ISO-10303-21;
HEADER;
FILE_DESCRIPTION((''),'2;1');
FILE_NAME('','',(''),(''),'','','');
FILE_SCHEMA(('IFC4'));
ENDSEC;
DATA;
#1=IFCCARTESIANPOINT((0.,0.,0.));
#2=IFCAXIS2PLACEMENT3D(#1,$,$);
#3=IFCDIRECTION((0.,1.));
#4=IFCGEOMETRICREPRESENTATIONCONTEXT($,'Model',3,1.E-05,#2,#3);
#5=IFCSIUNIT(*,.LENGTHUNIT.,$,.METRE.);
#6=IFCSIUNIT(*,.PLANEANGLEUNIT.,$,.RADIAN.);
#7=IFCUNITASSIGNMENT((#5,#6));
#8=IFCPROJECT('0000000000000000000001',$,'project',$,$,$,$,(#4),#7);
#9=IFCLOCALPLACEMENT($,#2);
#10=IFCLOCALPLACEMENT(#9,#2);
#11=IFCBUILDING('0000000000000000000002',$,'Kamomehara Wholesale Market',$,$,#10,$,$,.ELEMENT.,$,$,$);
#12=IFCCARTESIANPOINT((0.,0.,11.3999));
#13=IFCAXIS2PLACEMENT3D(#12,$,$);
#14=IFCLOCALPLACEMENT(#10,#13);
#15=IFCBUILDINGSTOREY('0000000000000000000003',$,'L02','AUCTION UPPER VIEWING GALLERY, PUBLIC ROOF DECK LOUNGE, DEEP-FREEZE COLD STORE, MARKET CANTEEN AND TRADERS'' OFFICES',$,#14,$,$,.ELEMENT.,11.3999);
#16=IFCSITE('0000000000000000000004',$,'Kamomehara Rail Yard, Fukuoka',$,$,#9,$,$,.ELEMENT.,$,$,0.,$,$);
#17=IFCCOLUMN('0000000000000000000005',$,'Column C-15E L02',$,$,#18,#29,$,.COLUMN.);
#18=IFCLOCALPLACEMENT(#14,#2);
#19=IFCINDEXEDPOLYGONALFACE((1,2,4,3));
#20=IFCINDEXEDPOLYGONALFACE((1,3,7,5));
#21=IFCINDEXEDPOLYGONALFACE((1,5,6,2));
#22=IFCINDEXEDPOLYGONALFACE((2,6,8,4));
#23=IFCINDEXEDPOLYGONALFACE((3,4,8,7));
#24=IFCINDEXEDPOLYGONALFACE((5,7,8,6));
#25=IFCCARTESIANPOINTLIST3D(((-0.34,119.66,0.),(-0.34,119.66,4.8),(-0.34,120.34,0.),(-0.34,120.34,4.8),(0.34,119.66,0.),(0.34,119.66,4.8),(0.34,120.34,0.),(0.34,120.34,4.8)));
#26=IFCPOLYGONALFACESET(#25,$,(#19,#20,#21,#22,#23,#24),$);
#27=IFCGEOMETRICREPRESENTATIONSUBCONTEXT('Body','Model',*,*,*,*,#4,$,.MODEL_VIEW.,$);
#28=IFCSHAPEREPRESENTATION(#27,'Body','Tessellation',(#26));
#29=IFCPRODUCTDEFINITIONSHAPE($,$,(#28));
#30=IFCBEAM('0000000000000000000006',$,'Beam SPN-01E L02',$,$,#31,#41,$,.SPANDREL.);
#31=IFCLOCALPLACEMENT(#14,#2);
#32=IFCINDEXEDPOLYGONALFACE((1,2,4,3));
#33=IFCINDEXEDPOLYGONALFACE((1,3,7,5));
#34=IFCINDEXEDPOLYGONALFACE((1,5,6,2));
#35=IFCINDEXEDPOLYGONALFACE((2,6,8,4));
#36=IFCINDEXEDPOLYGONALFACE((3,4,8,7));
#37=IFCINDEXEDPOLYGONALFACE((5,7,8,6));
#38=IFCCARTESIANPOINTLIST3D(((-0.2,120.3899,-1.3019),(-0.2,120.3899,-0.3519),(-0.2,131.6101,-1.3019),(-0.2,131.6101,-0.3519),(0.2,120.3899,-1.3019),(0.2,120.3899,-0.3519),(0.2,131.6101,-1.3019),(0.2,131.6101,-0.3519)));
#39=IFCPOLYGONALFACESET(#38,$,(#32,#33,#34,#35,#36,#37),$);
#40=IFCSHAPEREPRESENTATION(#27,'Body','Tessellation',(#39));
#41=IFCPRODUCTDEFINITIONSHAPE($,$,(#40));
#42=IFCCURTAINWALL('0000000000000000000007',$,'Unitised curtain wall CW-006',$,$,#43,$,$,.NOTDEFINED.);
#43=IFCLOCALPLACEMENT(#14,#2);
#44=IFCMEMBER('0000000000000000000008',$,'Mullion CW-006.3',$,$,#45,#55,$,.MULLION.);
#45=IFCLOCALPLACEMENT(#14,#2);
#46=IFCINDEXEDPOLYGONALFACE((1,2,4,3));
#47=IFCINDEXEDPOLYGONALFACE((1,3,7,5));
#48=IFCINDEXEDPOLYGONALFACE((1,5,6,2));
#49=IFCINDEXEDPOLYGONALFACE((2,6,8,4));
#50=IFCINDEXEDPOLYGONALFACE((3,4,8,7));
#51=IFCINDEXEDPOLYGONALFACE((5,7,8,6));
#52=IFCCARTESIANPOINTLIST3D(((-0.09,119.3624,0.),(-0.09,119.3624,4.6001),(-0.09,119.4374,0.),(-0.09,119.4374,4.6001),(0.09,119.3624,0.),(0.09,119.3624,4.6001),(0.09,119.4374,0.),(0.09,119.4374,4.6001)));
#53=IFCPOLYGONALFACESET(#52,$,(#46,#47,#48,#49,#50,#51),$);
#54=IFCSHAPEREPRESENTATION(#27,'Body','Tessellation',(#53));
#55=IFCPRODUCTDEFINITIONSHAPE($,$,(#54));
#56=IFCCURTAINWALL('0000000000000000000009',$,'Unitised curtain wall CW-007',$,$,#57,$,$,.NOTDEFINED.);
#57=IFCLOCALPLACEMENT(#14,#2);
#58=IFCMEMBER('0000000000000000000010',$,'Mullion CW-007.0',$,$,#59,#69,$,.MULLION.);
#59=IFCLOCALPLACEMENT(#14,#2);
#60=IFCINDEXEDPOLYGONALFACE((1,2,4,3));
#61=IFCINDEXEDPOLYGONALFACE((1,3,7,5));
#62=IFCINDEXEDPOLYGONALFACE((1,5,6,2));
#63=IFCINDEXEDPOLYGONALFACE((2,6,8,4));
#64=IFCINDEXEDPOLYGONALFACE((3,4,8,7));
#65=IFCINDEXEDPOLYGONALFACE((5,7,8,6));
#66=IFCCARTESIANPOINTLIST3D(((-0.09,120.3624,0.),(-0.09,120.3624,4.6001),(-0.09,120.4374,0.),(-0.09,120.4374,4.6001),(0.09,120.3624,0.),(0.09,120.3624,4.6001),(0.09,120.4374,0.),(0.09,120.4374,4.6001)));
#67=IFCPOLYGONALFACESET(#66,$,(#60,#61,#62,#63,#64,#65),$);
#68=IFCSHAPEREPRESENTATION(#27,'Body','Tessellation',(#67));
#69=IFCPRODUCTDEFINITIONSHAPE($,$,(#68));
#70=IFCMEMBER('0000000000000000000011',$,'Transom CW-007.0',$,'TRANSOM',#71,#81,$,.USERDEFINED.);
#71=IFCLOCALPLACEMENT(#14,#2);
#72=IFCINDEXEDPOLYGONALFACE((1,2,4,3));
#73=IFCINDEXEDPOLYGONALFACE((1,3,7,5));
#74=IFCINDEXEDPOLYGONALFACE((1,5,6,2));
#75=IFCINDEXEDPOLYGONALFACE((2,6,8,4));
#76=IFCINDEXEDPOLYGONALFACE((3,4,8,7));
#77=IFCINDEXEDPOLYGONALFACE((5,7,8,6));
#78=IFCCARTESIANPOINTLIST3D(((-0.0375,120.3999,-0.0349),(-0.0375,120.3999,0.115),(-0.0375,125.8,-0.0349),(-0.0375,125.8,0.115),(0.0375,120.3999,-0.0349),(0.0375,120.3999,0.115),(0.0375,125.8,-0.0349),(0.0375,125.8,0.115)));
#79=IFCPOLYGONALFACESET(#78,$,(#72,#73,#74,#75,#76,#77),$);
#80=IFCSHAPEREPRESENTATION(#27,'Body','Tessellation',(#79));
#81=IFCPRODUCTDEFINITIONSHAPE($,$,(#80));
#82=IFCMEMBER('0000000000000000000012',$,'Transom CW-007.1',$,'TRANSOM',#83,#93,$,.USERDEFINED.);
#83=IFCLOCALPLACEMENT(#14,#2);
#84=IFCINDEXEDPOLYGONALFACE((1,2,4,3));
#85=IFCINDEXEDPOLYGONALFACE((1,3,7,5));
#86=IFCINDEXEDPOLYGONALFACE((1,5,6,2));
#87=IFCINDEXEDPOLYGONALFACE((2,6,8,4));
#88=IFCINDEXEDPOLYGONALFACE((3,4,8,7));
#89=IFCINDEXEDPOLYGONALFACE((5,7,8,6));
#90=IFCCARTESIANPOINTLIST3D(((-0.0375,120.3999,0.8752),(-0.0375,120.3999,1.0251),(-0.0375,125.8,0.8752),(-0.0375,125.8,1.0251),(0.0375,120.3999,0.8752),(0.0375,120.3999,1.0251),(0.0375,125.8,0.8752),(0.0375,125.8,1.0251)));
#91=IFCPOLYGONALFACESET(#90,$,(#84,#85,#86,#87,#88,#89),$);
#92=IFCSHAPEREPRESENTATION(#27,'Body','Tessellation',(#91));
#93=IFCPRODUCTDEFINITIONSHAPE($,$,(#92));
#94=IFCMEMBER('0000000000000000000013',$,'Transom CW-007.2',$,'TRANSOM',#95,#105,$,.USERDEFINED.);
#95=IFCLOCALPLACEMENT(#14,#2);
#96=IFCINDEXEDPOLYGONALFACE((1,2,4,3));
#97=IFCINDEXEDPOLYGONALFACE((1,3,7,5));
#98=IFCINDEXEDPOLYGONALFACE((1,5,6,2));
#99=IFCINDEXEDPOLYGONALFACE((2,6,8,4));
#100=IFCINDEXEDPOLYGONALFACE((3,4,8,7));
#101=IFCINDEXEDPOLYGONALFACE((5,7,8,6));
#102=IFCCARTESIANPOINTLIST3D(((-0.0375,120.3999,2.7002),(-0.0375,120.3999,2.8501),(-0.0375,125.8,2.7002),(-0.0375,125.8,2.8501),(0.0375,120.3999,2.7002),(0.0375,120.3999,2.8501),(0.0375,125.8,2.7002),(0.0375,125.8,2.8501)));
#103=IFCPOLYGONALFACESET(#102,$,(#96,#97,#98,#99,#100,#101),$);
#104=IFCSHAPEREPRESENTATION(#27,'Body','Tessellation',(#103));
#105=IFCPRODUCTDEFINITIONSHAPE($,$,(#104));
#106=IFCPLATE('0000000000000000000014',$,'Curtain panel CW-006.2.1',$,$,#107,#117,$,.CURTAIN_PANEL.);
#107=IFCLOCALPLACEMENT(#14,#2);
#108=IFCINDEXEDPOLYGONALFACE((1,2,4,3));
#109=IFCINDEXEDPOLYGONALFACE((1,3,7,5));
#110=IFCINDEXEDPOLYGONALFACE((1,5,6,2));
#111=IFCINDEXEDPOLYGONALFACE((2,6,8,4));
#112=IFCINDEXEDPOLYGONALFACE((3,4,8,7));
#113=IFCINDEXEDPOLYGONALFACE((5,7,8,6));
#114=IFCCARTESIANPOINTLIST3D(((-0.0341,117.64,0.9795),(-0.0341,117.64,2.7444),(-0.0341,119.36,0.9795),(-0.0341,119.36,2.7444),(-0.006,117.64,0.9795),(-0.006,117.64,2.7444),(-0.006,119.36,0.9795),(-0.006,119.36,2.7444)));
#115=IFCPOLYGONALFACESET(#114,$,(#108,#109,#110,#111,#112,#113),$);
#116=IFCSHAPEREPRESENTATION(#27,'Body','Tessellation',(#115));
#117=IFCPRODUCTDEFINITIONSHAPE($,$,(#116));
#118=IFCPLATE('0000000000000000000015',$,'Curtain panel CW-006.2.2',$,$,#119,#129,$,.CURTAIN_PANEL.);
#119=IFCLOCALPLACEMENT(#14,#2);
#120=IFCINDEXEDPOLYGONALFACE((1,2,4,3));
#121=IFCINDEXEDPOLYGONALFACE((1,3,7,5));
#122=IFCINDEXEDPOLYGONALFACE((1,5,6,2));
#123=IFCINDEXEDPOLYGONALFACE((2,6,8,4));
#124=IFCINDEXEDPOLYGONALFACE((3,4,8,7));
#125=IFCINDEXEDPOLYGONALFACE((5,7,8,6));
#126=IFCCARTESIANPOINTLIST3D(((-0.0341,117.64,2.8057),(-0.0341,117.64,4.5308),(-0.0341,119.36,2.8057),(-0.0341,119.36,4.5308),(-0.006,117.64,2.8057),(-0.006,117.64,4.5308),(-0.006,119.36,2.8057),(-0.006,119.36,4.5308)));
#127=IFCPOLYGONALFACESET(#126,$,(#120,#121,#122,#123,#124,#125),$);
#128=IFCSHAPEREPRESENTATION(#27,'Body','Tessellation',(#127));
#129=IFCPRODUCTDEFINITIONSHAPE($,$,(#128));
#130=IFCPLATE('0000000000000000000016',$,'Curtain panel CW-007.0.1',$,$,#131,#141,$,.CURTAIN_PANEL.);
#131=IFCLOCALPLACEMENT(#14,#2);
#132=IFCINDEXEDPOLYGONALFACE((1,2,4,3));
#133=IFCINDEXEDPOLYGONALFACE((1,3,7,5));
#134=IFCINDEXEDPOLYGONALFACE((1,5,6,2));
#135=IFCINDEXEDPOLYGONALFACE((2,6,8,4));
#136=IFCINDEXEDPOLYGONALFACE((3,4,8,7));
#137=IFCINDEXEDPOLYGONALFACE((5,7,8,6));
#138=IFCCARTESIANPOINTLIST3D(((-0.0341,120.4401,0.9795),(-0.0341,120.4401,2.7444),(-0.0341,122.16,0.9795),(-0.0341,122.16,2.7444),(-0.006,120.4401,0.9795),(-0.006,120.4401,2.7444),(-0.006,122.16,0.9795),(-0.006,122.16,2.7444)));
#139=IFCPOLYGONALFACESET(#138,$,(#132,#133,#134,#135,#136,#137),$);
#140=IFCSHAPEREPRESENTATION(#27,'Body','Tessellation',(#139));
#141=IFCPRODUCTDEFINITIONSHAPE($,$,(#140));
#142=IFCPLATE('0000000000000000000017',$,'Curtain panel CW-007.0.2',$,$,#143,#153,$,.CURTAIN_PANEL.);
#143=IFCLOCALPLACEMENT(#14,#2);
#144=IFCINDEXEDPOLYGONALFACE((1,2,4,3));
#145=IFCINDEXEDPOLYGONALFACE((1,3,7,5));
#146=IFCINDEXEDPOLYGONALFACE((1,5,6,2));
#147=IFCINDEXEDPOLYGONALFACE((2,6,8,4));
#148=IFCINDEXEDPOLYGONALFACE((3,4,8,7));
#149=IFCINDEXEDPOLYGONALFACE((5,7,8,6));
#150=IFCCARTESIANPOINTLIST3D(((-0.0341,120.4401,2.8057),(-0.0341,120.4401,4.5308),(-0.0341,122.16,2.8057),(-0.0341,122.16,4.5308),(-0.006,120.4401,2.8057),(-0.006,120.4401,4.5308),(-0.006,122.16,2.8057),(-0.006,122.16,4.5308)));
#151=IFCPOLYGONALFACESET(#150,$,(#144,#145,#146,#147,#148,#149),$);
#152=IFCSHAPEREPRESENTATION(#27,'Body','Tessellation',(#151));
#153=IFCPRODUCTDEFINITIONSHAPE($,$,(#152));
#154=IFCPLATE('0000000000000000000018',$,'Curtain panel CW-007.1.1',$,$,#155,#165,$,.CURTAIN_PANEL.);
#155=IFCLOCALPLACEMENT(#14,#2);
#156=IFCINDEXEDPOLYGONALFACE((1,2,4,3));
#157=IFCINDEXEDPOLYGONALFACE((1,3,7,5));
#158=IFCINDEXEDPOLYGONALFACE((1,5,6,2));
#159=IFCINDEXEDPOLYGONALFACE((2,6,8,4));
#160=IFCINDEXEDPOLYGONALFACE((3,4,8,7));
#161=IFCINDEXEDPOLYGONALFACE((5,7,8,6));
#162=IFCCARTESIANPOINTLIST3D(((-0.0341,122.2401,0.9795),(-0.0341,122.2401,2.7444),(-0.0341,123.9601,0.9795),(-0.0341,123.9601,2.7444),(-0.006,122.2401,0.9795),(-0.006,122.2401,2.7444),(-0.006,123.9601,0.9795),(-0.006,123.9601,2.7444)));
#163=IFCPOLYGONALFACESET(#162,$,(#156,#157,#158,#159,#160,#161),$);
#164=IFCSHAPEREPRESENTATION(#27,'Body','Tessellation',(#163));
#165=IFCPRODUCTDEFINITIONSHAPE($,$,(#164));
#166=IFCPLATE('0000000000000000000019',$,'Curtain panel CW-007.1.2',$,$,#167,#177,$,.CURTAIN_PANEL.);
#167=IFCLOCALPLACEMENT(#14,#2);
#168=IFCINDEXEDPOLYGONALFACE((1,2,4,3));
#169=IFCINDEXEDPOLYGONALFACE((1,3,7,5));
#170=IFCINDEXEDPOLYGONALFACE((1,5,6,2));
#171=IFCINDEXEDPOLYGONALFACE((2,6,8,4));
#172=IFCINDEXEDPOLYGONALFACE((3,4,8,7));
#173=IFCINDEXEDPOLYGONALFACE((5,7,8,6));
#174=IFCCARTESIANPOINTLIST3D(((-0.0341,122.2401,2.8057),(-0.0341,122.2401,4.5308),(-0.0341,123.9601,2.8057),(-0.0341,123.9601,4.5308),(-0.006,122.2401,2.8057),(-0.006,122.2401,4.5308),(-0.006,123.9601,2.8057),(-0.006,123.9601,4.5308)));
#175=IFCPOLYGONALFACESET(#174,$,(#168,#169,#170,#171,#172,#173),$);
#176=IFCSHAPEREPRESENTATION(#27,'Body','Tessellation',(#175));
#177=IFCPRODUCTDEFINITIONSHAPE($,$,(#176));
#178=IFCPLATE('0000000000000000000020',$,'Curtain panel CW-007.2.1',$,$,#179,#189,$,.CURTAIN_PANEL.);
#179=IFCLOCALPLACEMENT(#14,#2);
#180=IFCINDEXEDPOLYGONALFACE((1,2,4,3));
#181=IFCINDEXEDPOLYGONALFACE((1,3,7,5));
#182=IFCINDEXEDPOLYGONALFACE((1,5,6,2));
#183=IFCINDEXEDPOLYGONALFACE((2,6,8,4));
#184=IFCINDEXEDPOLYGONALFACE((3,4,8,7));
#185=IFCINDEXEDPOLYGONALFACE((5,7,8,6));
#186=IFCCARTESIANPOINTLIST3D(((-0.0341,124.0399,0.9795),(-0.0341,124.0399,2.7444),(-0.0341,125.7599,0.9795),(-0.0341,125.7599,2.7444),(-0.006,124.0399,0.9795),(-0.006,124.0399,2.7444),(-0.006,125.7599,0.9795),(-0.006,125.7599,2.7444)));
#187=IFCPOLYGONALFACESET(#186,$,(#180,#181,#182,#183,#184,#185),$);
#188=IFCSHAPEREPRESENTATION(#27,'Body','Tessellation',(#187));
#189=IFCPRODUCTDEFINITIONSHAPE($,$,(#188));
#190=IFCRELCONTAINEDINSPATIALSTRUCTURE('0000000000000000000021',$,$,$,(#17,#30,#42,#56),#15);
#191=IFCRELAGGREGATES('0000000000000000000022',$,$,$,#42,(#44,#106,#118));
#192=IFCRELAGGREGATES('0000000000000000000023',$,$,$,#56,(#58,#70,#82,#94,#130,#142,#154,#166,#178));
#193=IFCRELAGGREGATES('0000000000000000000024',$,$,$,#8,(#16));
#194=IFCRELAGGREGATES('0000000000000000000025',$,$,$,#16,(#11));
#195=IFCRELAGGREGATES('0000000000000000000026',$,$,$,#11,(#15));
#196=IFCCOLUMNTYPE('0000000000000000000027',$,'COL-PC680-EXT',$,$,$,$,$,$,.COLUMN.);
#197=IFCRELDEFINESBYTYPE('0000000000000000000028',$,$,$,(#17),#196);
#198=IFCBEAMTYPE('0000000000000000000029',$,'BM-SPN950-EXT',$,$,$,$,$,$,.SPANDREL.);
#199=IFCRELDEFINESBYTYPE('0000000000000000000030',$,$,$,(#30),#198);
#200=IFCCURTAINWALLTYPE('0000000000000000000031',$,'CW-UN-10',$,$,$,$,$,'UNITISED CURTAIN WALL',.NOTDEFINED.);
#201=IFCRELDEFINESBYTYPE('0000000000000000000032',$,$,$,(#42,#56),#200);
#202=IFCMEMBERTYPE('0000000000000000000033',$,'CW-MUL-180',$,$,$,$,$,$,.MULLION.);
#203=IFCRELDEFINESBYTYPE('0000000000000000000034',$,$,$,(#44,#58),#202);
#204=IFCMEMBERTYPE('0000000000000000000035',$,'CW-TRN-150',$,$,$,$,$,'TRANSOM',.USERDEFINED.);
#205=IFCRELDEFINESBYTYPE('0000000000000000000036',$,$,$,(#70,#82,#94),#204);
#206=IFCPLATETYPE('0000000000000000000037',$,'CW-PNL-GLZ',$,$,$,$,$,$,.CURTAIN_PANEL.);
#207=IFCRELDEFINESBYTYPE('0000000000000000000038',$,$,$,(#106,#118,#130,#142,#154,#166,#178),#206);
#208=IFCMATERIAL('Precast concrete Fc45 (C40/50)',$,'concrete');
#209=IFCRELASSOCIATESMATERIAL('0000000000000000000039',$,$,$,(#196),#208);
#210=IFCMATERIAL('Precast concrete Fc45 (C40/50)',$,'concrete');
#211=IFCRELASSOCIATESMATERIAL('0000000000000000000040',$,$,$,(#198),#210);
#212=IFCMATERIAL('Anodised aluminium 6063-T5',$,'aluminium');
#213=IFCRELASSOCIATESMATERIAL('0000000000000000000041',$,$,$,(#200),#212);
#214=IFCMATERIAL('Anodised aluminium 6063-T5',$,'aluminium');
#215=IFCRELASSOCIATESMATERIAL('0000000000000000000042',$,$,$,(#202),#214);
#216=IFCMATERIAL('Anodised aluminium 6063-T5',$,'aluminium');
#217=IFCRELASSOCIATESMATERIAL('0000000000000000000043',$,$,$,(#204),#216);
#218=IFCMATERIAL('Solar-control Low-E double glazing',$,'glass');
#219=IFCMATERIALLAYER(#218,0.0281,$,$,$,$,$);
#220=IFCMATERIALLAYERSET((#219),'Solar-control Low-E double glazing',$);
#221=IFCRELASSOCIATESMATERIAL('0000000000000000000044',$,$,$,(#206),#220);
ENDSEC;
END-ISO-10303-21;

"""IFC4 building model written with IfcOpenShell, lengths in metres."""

from ifc_helpers import new_model, si_unit, direction, frame, origin, origin_2d, place, context, subcontext, project, spatial, rectangle, extrude, material, layer, layer_set, material_profile, profile_set, type_object, element, aggregate, save


model = new_model("IFC4")

# Units and contexts
model_context = context("Model", 3, precision=1e-05, world=origin(), true_north=direction((0.0, 1.0)))
body_context = subcontext(model_context, "Body", "Model", "MODEL_VIEW")
ifc_project = project(units=[si_unit("LENGTHUNIT", "METRE"), si_unit("PLANEANGLEUNIT", "RADIAN")], contexts=[model_context])

# Site, building, storey
site_placement = place(None, origin())
site = spatial("IfcSite", under=ifc_project, at=site_placement, Name="Kamomehara Rail Yard, Fukuoka", CompositionType="ELEMENT", RefElevation=0.0)
building_placement = place(site_placement, origin())
building = spatial("IfcBuilding", under=site, at=building_placement, Name="Kamomehara Wholesale Market", CompositionType="ELEMENT")
storey_placement = place(building_placement, frame((0.0, 0.0, 11.3999)))
storey = spatial("IfcBuildingStorey", under=building, at=storey_placement, Name="L02", Description="AUCTION UPPER VIEWING GALLERY, PUBLIC ROOF DECK LOUNGE, DEEP-FREEZE COLD STORE, MARKET CANTEEN AND TRADERS' OFFICES", CompositionType="ELEMENT", Elevation=11.3999)

# Column
ifc_material_1 = material(Name="Precast concrete Fc45 (C40/50)", Category="concrete")
ifc_material_profile_1 = material_profile(ifc_material_1, rectangle(XDim=0.6799, YDim=0.6799, at=origin_2d()), Name="PC-COL-680x680")
ifc_profile_set_1 = profile_set([ifc_material_profile_1], Name="Precast concrete Fc45 (C40/50)")
column_type = type_object("IfcColumnType", Name="COL-PC680-EXT", PredefinedType="COLUMN", material=ifc_profile_set_1)
column_placement = place(storey_placement, frame((0.0, 120.0, 0.0), z_axis=(0.0, 0.0, 1.0), x_axis=(1.0, 0.0, 0.0)))
element("IfcColumn", 1, at=column_placement, inside=storey, type_object=column_type, Name="Column C-15E L02", PredefinedType="COLUMN", context=body_context, shape_type="SweptSolid", body=[
    extrude(rectangle(XDim=0.6799, YDim=0.6799, at=origin_2d()), origin(), (0.0, 0.0, 1.0), 4.8),
])

# Beam
ifc_material_2 = material(Name="Precast concrete Fc45 (C40/50)", Category="concrete")
ifc_material_profile_2 = material_profile(ifc_material_2, rectangle(XDim=0.3999, YDim=0.95, at=origin_2d()), Name="PC-SPN-400x950")
ifc_profile_set_2 = profile_set([ifc_material_profile_2], Name="Precast concrete Fc45 (C40/50)")
beam_type = type_object("IfcBeamType", Name="BM-SPN950-EXT", PredefinedType="SPANDREL", material=ifc_profile_set_2)
beam_placement = place(storey_placement, frame((0.0, 120.3899, -0.8269), z_axis=(0.0, 1.0, 0.0), x_axis=(-1.0, 0.0, 0.0)))
element("IfcBeam", 2, at=beam_placement, inside=storey, type_object=beam_type, Name="Beam SPN-01E L02", PredefinedType="SPANDREL", context=body_context, shape_type="SweptSolid", body=[
    extrude(rectangle(XDim=0.3999, YDim=0.95, at=origin_2d()), origin(), (0.0, 0.0, 1.0), 11.2202),
])

# Curtain wall, member
ifc_material_3 = material(Name="Anodised aluminium 6063-T5", Category="aluminium")
curtain_wall_type = type_object("IfcCurtainWallType", Name="CW-UN-10", ElementType="UNITISED CURTAIN WALL", PredefinedType="NOTDEFINED", material=ifc_material_3)
curtain_wall_1_placement = place(storey_placement, origin())
curtain_wall_1 = element("IfcCurtainWall", 3, at=curtain_wall_1_placement, inside=storey, type_object=curtain_wall_type, Name="Unitised curtain wall CW-006", PredefinedType="NOTDEFINED")
ifc_material_4 = material(Name="Anodised aluminium 6063-T5", Category="aluminium")
ifc_material_profile_3 = material_profile(ifc_material_4, rectangle(XDim=0.075, YDim=0.1799, at=origin_2d()), Name="ALU-MUL-75x180")
ifc_profile_set_3 = profile_set([ifc_material_profile_3], Name="Anodised aluminium 6063-T5")
member_type_1 = type_object("IfcMemberType", Name="CW-MUL-180", PredefinedType="MULLION", material=ifc_profile_set_3)
member_1_placement = place(storey_placement, frame((0.0, 119.3999, 0.0), z_axis=(0.0, 0.0, 1.0), x_axis=(0.0, 1.0, 0.0)))
member_1 = element("IfcMember", 4, at=member_1_placement, type_object=member_type_1, Name="Mullion CW-006.3", PredefinedType="MULLION", context=body_context, shape_type="SweptSolid", body=[
    extrude(rectangle(XDim=0.075, YDim=0.1799, at=origin_2d()), origin(), (0.0, 0.0, 1.0), 4.6001),
])

# Curtain wall, members
curtain_wall_2_placement = place(storey_placement, origin())
curtain_wall_2 = element("IfcCurtainWall", 5, at=curtain_wall_2_placement, inside=storey, type_object=curtain_wall_type, Name="Unitised curtain wall CW-007", PredefinedType="NOTDEFINED")
member_2_placement = place(storey_placement, frame((0.0, 120.3999, 0.0), z_axis=(0.0, 0.0, 1.0), x_axis=(0.0, 1.0, 0.0)))
member_2 = element("IfcMember", 6, at=member_2_placement, type_object=member_type_1, Name="Mullion CW-007.0", PredefinedType="MULLION", context=body_context, shape_type="SweptSolid", body=[
    extrude(rectangle(XDim=0.075, YDim=0.1799, at=origin_2d()), origin(), (0.0, 0.0, 1.0), 4.6001),
])
ifc_material_5 = material(Name="Anodised aluminium 6063-T5", Category="aluminium")
ifc_material_profile_4 = material_profile(ifc_material_5, rectangle(XDim=0.075, YDim=0.1499, at=origin_2d()), Name="ALU-TRN-75x150")
ifc_profile_set_4 = profile_set([ifc_material_profile_4], Name="Anodised aluminium 6063-T5")
member_type_2 = type_object("IfcMemberType", Name="CW-TRN-150", ElementType="TRANSOM", PredefinedType="USERDEFINED", material=ifc_profile_set_4)
member_3_placement = place(storey_placement, frame((0.0, 120.3999, 0.04), z_axis=(0.0, 1.0, 0.0), x_axis=(-1.0, 0.0, 0.0)))
member_3 = element("IfcMember", 7, at=member_3_placement, type_object=member_type_2, Name="Transom CW-007.0", ObjectType="TRANSOM", PredefinedType="USERDEFINED", context=body_context, shape_type="SweptSolid", body=[
    extrude(rectangle(XDim=0.075, YDim=0.1499, at=origin_2d()), origin(), (0.0, 0.0, 1.0), 5.4001),
])
member_4_placement = place(storey_placement, frame((0.0, 120.3999, 0.9502), z_axis=(0.0, 1.0, 0.0), x_axis=(-1.0, 0.0, 0.0)))
member_4 = element("IfcMember", 8, at=member_4_placement, type_object=member_type_2, Name="Transom CW-007.1", ObjectType="TRANSOM", PredefinedType="USERDEFINED", context=body_context, shape_type="SweptSolid", body=[
    extrude(rectangle(XDim=0.075, YDim=0.1499, at=origin_2d()), origin(), (0.0, 0.0, 1.0), 5.4001),
])
member_5_placement = place(storey_placement, frame((0.0, 120.3999, 2.7751), z_axis=(0.0, 1.0, 0.0), x_axis=(-1.0, 0.0, 0.0)))
member_5 = element("IfcMember", 9, at=member_5_placement, type_object=member_type_2, Name="Transom CW-007.2", ObjectType="TRANSOM", PredefinedType="USERDEFINED", context=body_context, shape_type="SweptSolid", body=[
    extrude(rectangle(XDim=0.075, YDim=0.1499, at=origin_2d()), origin(), (0.0, 0.0, 1.0), 5.4001),
])

# Plates
ifc_material_6 = material(Name="Solar-control Low-E double glazing", Category="glass")
ifc_layer_1 = layer(ifc_material_6, 0.0281)
ifc_layer_set_1 = layer_set([ifc_layer_1], Name="Solar-control Low-E double glazing")
plate_type_1 = type_object("IfcPlateType", Name="CW-PNL-GLZ", PredefinedType="CURTAIN_PANEL", material=ifc_layer_set_1)
plate_1_placement = place(storey_placement, frame((-0.02, 118.5, 0.9795), z_axis=(0.0, 0.0, 1.0), x_axis=(0.0, 1.0, 0.0)))
plate_1 = element("IfcPlate", 10, at=plate_1_placement, type_object=plate_type_1, Name="Curtain panel CW-006.2.1", PredefinedType="CURTAIN_PANEL", context=body_context, shape_type="SweptSolid", body=[
    extrude(rectangle(XDim=1.72, YDim=0.0281, at=origin_2d()), origin(), (0.0, 0.0, 1.0), 1.7649),
])
plate_2_placement = place(storey_placement, frame((-0.02, 118.5, 2.8057), z_axis=(0.0, 0.0, 1.0), x_axis=(0.0, 1.0, 0.0)))
plate_2 = element("IfcPlate", 11, at=plate_2_placement, type_object=plate_type_1, Name="Curtain panel CW-006.2.2", PredefinedType="CURTAIN_PANEL", context=body_context, shape_type="SweptSolid", body=[
    extrude(rectangle(XDim=1.72, YDim=0.0281, at=origin_2d()), origin(), (0.0, 0.0, 1.0), 1.7251),
])
plate_3_placement = place(storey_placement, frame((-0.02, 121.3, 0.9795), z_axis=(0.0, 0.0, 1.0), x_axis=(0.0, 1.0, 0.0)))
plate_3 = element("IfcPlate", 12, at=plate_3_placement, type_object=plate_type_1, Name="Curtain panel CW-007.0.1", PredefinedType="CURTAIN_PANEL", context=body_context, shape_type="SweptSolid", body=[
    extrude(rectangle(XDim=1.72, YDim=0.0281, at=origin_2d()), origin(), (0.0, 0.0, 1.0), 1.7649),
])
plate_4_placement = place(storey_placement, frame((-0.02, 121.3, 2.8057), z_axis=(0.0, 0.0, 1.0), x_axis=(0.0, 1.0, 0.0)))
plate_4 = element("IfcPlate", 13, at=plate_4_placement, type_object=plate_type_1, Name="Curtain panel CW-007.0.2", PredefinedType="CURTAIN_PANEL", context=body_context, shape_type="SweptSolid", body=[
    extrude(rectangle(XDim=1.72, YDim=0.0281, at=origin_2d()), origin(), (0.0, 0.0, 1.0), 1.7251),
])
plate_5_placement = place(storey_placement, frame((-0.02, 123.1001, 0.9795), z_axis=(0.0, 0.0, 1.0), x_axis=(0.0, 1.0, 0.0)))
plate_5 = element("IfcPlate", 14, at=plate_5_placement, type_object=plate_type_1, Name="Curtain panel CW-007.1.1", PredefinedType="CURTAIN_PANEL", context=body_context, shape_type="SweptSolid", body=[
    extrude(rectangle(XDim=1.72, YDim=0.0281, at=origin_2d()), origin(), (0.0, 0.0, 1.0), 1.7649),
])
plate_6_placement = place(storey_placement, frame((-0.02, 123.1001, 2.8057), z_axis=(0.0, 0.0, 1.0), x_axis=(0.0, 1.0, 0.0)))
plate_6 = element("IfcPlate", 15, at=plate_6_placement, type_object=plate_type_1, Name="Curtain panel CW-007.1.2", PredefinedType="CURTAIN_PANEL", context=body_context, shape_type="SweptSolid", body=[
    extrude(rectangle(XDim=1.72, YDim=0.0281, at=origin_2d()), origin(), (0.0, 0.0, 1.0), 1.7251),
])
plate_7_placement = place(storey_placement, frame((-0.02, 124.8999, 0.9795), z_axis=(0.0, 0.0, 1.0), x_axis=(0.0, 1.0, 0.0)))
plate_7 = element("IfcPlate", 16, at=plate_7_placement, type_object=plate_type_1, Name="Curtain panel CW-007.2.1", PredefinedType="CURTAIN_PANEL", context=body_context, shape_type="SweptSolid", body=[
    extrude(rectangle(XDim=1.72, YDim=0.0281, at=origin_2d()), origin(), (0.0, 0.0, 1.0), 1.7649),
])
aggregate(curtain_wall_1, [member_1, plate_1, plate_2])
aggregate(curtain_wall_2, [member_2, member_3, member_4, member_5, plate_3, plate_4, plate_5, plate_6, plate_7])

save(model, "model.ifc")
